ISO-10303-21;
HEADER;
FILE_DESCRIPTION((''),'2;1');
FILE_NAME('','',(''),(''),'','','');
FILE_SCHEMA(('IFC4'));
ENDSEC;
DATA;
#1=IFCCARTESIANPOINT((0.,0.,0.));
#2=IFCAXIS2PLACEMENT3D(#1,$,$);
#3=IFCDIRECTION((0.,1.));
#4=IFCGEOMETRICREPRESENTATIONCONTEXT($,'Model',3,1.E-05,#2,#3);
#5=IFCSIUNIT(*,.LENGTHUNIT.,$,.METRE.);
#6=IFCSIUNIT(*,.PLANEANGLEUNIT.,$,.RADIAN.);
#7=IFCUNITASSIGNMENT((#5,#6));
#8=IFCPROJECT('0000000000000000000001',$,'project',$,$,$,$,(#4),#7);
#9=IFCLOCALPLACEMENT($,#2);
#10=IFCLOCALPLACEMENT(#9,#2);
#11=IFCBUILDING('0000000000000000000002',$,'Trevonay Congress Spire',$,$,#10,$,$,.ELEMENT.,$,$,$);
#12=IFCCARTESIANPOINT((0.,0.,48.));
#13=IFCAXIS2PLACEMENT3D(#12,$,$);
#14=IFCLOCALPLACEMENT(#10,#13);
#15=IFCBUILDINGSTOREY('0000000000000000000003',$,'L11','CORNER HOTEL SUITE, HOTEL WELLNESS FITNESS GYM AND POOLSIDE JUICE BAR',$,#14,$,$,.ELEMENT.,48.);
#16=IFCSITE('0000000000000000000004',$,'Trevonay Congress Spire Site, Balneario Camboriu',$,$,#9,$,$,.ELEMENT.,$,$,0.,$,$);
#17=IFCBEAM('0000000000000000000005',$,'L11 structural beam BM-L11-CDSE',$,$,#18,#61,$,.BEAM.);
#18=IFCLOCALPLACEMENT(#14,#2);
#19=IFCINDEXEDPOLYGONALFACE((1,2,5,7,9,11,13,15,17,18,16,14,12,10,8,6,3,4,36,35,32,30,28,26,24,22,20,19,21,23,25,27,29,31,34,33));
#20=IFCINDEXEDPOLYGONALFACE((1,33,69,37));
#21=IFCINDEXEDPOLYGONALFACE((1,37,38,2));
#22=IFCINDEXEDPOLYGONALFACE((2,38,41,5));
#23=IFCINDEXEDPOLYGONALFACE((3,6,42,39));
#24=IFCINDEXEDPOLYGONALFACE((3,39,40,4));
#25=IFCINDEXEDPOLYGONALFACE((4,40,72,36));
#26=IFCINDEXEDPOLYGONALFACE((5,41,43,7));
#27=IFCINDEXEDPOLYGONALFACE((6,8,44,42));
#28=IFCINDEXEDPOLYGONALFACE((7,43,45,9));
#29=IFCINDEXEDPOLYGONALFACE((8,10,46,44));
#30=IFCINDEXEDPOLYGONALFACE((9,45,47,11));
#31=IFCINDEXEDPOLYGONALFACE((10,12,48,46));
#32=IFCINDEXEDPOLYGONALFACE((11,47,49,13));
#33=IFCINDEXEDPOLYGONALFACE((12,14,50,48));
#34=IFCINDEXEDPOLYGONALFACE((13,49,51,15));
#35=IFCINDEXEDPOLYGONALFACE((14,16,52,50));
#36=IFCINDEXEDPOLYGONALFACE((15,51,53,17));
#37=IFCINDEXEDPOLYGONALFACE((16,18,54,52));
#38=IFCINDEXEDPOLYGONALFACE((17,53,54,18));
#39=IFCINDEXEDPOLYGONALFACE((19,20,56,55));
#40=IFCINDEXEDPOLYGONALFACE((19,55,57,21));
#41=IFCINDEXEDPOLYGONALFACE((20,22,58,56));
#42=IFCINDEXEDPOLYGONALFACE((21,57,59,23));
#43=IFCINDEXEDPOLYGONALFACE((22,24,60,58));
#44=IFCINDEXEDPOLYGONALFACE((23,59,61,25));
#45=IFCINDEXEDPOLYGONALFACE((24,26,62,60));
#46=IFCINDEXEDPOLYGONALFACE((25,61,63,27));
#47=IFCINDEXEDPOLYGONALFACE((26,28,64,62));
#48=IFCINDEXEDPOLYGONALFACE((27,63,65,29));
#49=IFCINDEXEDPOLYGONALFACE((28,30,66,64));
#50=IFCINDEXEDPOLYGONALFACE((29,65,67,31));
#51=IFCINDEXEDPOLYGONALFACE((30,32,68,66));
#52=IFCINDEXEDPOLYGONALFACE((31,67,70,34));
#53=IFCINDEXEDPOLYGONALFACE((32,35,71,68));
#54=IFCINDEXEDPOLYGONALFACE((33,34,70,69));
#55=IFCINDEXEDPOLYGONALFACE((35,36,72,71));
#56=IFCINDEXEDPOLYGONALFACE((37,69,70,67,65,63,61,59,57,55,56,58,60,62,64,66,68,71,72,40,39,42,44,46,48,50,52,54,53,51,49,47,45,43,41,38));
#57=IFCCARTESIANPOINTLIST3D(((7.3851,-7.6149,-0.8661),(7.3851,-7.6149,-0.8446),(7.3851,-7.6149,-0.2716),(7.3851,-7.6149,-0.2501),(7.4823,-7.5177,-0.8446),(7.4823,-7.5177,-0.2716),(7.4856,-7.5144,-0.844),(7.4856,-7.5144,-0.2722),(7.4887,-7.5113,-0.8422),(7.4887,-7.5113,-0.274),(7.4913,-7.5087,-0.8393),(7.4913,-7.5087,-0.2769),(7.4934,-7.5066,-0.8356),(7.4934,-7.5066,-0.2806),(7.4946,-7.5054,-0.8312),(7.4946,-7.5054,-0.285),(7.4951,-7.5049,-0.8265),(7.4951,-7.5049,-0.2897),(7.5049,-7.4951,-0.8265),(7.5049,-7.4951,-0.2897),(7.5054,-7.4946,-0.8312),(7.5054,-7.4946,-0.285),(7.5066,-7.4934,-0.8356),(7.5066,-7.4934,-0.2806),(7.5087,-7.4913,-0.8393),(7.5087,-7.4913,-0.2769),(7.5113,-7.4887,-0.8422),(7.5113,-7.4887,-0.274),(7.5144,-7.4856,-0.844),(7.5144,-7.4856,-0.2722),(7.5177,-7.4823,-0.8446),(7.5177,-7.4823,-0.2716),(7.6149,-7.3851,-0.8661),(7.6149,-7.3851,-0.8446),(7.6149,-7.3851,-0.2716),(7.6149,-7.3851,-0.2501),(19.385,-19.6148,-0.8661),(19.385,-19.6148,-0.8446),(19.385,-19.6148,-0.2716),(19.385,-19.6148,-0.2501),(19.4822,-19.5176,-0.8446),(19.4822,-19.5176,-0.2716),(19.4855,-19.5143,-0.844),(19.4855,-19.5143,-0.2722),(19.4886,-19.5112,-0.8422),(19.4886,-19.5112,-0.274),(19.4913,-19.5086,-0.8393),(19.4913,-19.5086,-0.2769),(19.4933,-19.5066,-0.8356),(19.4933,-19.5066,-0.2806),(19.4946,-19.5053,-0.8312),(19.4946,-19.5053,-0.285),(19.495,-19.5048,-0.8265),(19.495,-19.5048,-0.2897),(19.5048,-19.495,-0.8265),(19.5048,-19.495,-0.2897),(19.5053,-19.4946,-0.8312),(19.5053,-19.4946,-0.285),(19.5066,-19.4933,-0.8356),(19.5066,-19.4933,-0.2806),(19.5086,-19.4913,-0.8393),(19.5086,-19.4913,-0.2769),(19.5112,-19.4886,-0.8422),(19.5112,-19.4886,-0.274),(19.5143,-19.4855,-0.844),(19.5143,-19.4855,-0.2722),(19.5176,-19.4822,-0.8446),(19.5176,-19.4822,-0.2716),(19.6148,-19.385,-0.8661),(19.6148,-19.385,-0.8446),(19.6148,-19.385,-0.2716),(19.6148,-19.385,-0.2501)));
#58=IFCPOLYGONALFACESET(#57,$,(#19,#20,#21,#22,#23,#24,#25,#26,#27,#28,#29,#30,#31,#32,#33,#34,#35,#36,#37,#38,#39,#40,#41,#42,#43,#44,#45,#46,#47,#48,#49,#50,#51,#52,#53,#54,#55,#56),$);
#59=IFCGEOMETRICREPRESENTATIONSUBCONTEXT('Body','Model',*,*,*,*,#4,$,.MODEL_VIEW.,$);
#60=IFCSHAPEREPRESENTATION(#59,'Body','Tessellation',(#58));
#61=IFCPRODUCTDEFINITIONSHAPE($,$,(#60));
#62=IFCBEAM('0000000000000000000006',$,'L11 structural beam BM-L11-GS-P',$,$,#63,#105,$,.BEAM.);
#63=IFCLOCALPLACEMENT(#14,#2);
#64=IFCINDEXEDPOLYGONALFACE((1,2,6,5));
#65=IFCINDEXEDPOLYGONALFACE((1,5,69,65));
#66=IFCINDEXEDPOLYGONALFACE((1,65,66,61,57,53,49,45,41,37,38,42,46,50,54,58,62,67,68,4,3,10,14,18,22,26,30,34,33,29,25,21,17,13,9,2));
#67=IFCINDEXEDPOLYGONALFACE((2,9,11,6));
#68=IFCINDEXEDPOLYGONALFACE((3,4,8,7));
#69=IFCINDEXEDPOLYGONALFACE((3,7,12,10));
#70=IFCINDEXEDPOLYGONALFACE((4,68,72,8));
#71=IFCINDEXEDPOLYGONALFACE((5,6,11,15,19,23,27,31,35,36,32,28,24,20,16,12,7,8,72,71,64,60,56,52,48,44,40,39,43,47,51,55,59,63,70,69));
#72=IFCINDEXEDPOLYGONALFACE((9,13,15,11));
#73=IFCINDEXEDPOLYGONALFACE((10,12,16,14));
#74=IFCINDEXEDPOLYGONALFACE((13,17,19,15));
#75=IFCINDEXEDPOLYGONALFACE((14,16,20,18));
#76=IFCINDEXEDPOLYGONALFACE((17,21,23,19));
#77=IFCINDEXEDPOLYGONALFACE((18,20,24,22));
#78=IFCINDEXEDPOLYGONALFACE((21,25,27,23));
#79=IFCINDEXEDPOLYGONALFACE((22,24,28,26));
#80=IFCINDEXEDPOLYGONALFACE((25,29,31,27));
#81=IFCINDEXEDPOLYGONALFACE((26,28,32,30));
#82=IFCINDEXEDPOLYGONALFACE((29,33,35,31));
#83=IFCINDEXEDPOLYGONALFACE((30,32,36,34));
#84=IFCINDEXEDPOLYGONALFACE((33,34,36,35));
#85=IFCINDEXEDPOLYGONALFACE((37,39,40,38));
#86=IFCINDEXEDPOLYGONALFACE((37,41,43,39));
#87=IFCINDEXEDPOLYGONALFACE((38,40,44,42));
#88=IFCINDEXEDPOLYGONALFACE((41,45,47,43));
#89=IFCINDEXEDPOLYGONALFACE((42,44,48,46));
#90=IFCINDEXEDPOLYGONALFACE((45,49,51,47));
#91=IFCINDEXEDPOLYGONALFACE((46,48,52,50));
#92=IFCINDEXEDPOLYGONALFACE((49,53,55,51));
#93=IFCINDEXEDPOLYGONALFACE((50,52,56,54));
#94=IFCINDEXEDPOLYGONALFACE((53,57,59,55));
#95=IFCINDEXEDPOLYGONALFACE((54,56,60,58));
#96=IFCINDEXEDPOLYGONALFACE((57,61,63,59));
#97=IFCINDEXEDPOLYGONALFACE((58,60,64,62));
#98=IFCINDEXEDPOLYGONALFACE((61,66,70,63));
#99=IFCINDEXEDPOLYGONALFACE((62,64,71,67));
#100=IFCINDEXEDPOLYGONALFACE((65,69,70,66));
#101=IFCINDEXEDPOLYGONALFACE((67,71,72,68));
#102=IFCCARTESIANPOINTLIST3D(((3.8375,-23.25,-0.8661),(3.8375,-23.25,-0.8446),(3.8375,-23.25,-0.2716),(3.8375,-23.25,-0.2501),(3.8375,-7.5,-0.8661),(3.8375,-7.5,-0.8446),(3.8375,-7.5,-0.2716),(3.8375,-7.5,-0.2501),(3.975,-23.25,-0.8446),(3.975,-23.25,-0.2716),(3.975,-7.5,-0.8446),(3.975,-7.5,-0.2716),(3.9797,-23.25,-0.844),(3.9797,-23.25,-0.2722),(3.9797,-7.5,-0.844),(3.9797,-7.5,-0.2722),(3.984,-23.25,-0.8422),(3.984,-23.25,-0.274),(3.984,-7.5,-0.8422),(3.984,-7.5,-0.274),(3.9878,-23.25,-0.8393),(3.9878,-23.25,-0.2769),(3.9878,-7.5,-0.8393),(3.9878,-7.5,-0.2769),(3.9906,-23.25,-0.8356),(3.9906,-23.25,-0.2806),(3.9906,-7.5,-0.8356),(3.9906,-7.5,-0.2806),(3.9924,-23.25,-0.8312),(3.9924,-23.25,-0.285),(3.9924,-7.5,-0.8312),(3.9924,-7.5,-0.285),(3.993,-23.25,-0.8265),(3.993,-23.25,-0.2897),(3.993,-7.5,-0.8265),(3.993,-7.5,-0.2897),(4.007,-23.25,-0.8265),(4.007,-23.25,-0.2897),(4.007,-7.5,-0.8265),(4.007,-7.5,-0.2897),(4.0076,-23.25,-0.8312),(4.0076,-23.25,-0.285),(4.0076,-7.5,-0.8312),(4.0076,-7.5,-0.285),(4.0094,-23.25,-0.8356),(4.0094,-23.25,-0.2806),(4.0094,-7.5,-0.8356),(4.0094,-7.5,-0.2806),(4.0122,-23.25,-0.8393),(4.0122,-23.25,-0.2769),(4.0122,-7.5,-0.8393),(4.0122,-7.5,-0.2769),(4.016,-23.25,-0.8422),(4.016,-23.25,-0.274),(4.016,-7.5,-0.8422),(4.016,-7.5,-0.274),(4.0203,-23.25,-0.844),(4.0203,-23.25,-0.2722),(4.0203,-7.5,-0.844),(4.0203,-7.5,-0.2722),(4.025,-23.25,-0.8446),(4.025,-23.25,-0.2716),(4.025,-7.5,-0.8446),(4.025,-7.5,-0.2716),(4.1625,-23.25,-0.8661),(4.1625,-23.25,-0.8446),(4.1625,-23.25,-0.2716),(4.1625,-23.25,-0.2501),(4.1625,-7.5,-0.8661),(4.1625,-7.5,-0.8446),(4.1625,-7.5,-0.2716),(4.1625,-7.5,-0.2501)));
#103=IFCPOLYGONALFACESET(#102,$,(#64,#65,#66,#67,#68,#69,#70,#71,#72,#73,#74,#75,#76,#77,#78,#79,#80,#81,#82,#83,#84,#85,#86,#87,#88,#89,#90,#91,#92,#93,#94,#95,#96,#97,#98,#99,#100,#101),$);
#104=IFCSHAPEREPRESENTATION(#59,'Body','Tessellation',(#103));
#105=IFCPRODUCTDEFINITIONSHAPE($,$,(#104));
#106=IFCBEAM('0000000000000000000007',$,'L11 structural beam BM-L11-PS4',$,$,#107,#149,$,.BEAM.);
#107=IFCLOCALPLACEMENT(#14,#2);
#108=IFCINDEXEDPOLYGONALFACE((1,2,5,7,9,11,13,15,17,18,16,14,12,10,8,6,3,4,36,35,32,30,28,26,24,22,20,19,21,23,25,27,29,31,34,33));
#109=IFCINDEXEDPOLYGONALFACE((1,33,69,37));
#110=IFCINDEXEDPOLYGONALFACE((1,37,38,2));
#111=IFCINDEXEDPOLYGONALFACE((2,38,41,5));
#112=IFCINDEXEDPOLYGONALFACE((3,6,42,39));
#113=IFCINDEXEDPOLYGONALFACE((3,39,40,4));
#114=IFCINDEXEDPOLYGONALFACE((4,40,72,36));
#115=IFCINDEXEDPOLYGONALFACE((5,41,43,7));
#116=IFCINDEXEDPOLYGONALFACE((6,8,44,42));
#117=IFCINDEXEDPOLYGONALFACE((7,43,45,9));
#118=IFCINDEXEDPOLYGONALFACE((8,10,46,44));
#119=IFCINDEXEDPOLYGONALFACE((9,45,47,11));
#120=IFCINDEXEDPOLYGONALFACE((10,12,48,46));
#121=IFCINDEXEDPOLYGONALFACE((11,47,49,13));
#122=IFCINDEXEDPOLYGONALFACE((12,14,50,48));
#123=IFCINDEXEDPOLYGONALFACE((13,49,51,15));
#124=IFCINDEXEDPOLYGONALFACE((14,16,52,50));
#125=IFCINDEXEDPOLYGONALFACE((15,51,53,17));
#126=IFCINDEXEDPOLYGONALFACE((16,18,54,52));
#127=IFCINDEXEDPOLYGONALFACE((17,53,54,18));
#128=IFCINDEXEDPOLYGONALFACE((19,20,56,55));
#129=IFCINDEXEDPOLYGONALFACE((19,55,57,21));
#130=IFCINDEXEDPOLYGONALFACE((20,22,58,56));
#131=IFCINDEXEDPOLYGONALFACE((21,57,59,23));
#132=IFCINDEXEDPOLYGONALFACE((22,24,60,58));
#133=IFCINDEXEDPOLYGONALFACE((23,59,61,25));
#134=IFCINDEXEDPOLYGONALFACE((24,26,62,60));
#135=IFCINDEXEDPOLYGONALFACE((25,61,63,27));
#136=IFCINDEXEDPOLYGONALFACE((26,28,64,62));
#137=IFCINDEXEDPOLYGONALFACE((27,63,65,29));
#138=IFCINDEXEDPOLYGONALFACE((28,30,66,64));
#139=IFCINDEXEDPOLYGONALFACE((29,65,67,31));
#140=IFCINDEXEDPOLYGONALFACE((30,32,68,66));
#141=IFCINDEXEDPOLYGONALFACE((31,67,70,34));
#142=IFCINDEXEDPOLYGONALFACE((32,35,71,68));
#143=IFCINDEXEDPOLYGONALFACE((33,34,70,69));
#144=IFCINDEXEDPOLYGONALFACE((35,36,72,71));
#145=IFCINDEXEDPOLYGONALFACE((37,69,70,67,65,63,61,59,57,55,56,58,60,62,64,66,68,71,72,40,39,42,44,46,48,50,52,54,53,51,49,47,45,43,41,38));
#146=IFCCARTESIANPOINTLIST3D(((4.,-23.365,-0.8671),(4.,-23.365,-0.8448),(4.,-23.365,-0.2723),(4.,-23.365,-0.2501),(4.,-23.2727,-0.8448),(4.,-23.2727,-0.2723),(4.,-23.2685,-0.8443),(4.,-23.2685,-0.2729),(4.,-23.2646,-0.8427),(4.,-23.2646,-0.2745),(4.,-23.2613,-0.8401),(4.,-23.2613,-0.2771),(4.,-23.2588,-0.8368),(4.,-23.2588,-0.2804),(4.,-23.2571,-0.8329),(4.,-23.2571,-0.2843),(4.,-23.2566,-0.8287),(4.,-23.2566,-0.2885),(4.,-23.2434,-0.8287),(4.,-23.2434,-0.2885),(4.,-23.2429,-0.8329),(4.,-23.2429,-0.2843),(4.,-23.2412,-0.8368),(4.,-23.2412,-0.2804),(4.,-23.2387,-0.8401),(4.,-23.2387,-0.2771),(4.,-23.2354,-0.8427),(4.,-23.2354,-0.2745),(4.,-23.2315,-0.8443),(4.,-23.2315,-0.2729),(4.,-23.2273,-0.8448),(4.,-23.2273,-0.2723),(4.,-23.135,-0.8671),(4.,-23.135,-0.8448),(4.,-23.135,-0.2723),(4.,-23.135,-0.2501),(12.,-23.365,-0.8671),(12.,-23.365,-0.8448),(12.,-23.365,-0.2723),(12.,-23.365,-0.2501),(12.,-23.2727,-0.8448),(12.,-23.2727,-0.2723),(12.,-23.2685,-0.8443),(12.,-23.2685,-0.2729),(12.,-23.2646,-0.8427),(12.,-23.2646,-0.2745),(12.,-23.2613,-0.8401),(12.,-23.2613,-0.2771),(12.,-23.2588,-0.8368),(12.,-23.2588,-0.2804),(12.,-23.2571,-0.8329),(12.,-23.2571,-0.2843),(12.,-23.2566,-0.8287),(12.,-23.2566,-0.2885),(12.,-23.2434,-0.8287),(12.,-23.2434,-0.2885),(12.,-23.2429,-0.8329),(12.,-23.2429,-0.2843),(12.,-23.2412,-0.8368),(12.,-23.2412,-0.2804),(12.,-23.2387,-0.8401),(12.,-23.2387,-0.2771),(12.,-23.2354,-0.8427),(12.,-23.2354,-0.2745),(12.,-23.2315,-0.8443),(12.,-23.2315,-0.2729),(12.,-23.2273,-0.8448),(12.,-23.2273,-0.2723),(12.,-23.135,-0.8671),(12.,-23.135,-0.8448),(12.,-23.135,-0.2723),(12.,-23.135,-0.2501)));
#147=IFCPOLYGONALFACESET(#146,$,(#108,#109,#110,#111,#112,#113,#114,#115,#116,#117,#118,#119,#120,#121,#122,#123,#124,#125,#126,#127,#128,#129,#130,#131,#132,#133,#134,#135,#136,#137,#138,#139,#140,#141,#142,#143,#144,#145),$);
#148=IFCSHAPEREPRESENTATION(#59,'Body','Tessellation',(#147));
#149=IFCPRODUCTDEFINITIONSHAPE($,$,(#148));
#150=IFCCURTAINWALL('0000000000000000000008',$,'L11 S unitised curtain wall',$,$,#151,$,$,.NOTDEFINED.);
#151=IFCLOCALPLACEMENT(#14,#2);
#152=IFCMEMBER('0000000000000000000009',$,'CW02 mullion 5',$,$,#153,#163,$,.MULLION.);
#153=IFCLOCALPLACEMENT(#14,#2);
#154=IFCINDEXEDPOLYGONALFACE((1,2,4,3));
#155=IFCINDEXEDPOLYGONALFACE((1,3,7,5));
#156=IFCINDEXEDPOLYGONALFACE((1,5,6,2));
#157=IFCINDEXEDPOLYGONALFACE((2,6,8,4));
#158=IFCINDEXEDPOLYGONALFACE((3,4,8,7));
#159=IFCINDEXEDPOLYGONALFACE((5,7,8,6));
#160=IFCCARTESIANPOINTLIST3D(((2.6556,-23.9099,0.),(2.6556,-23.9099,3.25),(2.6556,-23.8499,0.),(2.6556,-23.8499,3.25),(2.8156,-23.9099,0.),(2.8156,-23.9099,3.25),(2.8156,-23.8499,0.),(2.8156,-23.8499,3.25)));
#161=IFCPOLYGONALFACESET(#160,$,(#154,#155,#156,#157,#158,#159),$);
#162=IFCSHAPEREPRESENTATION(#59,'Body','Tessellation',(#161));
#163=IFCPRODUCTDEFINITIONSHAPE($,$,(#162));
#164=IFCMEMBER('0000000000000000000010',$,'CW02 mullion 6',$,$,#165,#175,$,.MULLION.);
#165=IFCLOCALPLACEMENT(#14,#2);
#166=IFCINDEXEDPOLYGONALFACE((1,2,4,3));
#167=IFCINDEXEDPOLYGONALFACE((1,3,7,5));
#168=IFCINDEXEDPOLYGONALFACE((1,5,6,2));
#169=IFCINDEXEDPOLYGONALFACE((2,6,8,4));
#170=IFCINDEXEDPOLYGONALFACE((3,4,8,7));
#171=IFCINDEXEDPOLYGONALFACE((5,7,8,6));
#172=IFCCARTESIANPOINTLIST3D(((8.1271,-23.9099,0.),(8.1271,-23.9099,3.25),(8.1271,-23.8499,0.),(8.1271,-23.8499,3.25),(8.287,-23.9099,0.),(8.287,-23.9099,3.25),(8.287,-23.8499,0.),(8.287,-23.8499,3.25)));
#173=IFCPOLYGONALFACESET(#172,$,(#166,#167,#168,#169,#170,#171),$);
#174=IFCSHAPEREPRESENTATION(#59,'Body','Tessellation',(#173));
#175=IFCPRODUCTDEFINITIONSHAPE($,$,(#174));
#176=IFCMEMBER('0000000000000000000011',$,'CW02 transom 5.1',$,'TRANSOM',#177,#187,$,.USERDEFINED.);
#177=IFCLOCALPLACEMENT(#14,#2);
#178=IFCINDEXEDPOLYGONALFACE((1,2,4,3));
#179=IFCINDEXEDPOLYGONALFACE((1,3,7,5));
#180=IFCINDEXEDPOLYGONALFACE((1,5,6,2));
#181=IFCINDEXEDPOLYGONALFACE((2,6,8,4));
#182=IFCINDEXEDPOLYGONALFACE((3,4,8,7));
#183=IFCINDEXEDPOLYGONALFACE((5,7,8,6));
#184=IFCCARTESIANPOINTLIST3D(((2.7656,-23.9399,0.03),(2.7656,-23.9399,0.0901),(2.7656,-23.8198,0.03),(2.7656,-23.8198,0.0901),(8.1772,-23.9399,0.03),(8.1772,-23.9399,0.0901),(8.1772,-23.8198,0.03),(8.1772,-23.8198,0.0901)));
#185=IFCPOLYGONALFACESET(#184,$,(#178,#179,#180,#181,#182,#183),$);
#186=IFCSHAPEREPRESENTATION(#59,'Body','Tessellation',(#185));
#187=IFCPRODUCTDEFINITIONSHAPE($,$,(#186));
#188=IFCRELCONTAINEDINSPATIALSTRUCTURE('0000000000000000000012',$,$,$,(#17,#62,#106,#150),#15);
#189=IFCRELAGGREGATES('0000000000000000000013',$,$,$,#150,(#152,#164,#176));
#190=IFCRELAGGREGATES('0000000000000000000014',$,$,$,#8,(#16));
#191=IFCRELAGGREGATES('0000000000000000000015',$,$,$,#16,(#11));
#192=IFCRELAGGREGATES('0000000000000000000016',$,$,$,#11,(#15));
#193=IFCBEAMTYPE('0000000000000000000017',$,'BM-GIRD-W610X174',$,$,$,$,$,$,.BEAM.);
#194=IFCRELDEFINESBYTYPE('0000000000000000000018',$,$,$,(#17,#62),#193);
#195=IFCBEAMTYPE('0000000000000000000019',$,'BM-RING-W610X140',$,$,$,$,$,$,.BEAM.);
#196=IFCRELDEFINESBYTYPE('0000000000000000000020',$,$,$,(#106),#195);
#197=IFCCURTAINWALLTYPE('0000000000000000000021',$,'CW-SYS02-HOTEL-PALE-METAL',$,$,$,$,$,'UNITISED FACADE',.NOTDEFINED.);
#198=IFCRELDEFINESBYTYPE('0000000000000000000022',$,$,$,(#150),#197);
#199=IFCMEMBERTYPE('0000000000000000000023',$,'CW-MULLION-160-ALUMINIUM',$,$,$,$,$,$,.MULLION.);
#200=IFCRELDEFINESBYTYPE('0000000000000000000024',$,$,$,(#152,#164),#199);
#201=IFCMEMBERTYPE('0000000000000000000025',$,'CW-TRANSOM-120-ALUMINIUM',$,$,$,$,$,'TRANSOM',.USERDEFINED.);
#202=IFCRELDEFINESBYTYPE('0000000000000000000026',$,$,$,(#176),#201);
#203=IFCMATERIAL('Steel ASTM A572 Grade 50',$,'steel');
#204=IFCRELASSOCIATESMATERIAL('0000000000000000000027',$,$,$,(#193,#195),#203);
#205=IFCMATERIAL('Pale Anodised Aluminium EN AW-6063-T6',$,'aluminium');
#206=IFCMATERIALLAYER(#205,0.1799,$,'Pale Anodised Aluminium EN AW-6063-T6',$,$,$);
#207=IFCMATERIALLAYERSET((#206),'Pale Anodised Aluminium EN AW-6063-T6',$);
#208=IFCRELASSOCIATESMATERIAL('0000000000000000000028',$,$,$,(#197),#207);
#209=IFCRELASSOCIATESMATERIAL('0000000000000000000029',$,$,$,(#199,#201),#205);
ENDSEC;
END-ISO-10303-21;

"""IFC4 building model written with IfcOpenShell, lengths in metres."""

from ifc_helpers import new_model, si_unit, direction, frame, origin, origin_2d, place, context, subcontext, project, spatial, rectangle, i_section, extrude, material, layer, layer_set, material_profile, profile_set, type_object, element, aggregate, save


model = new_model("IFC4")

# Units and contexts
model_context = context("Model", 3, precision=1e-05, world=origin(), true_north=direction((0.0, 1.0)))
body_context = subcontext(model_context, "Body", "Model", "MODEL_VIEW")
ifc_project = project(units=[si_unit("LENGTHUNIT", "METRE"), si_unit("PLANEANGLEUNIT", "RADIAN")], contexts=[model_context])

# Site, building, storey
site_placement = place(None, origin())
site = spatial("IfcSite", under=ifc_project, at=site_placement, Name="Trevonay Congress Spire Site, Balneario Camboriu", CompositionType="ELEMENT", RefElevation=0.0)
building_placement = place(site_placement, origin())
building = spatial("IfcBuilding", under=site, at=building_placement, Name="Trevonay Congress Spire", CompositionType="ELEMENT")
storey_placement = place(building_placement, frame((0.0, 0.0, 48.0)))
storey = spatial("IfcBuildingStorey", under=building, at=storey_placement, Name="L11", Description="CORNER HOTEL SUITE, HOTEL WELLNESS FITNESS GYM AND POOLSIDE JUICE BAR", CompositionType="ELEMENT", Elevation=48.0)

# Shared definitions
ifc_material_1 = material(Name="Steel ASTM A572 Grade 50", Category="steel")

# Beams
ifc_material_profile_1 = material_profile(ifc_material_1, i_section(OverallWidth=0.325, OverallDepth=0.616, WebThickness=0.0139, FlangeThickness=0.0215, FilletRadius=0.0181, at=origin_2d()), Name="W610x174")
ifc_profile_set_1 = profile_set([ifc_material_profile_1], Name="Steel ASTM A572 Grade 50")
beam_type_1 = type_object("IfcBeamType", Name="BM-GIRD-W610X174", PredefinedType="BEAM", material=ifc_profile_set_1)
beam_1_placement = place(storey_placement, frame((7.5, -7.5, -0.5581), z_axis=(0.707107, -0.707107, 0.0), x_axis=(0.707107, 0.707107, 0.0)))
element("IfcBeam", 1, at=beam_1_placement, inside=storey, type_object=beam_type_1, Name="L11 structural beam BM-L11-CDSE", PredefinedType="BEAM", context=body_context, shape_type="SweptSolid", body=[
    extrude(i_section(OverallWidth=0.325, OverallDepth=0.616, WebThickness=0.0139, FlangeThickness=0.0215, FilletRadius=0.0181, at=origin_2d()), origin(), (0.0, 0.0, 1.0), 16.9705),
])
beam_2_placement = place(storey_placement, frame((4.0, -7.5, -0.5581), z_axis=(0.0, -1.0, 0.0), x_axis=(1.0, 0.0, 0.0)))
element("IfcBeam", 2, at=beam_2_placement, inside=storey, type_object=beam_type_1, Name="L11 structural beam BM-L11-GS-P", PredefinedType="BEAM", context=body_context, shape_type="SweptSolid", body=[
    extrude(i_section(OverallWidth=0.325, OverallDepth=0.616, WebThickness=0.0139, FlangeThickness=0.0215, FilletRadius=0.0181, at=origin_2d()), origin(), (0.0, 0.0, 1.0), 15.75),
])
ifc_material_profile_2 = material_profile(ifc_material_1, i_section(OverallWidth=0.23, OverallDepth=0.6169, WebThickness=0.0132, FlangeThickness=0.0222, FilletRadius=0.0161, at=origin_2d()), Name="W610x140")
ifc_profile_set_2 = profile_set([ifc_material_profile_2], Name="Steel ASTM A572 Grade 50")
beam_type_2 = type_object("IfcBeamType", Name="BM-RING-W610X140", PredefinedType="BEAM", material=ifc_profile_set_2)
beam_3_placement = place(storey_placement, frame((4.0, -23.25, -0.5586), z_axis=(1.0, 0.0, 0.0), x_axis=(0.0, 1.0, 0.0)))
element("IfcBeam", 3, at=beam_3_placement, inside=storey, type_object=beam_type_2, Name="L11 structural beam BM-L11-PS4", PredefinedType="BEAM", context=body_context, shape_type="SweptSolid", body=[
    extrude(i_section(OverallWidth=0.23, OverallDepth=0.6169, WebThickness=0.0132, FlangeThickness=0.0222, FilletRadius=0.0161, at=origin_2d()), origin(), (0.0, 0.0, 1.0), 8.0),
])

# Curtain wall, members
ifc_material_2 = material(Name="Pale Anodised Aluminium EN AW-6063-T6", Category="aluminium")
ifc_layer_1 = layer(ifc_material_2, 0.1799, Name="Pale Anodised Aluminium EN AW-6063-T6")
ifc_layer_set_1 = layer_set([ifc_layer_1], Name="Pale Anodised Aluminium EN AW-6063-T6")
curtain_wall_type = type_object("IfcCurtainWallType", Name="CW-SYS02-HOTEL-PALE-METAL", ElementType="UNITISED FACADE", PredefinedType="NOTDEFINED", material=ifc_layer_set_1)
curtain_wall_placement = place(storey_placement, origin())
curtain_wall = element("IfcCurtainWall", 4, at=curtain_wall_placement, inside=storey, type_object=curtain_wall_type, Name="L11 S unitised curtain wall", PredefinedType="NOTDEFINED")
ifc_material_profile_3 = material_profile(ifc_material_2, rectangle(XDim=0.0601, YDim=0.1599, at=origin_2d()), Name="CW-MULLION-160-ALUMINIUM")
ifc_profile_set_3 = profile_set([ifc_material_profile_3], Name="Pale Anodised Aluminium EN AW-6063-T6")
member_type_1 = type_object("IfcMemberType", Name="CW-MULLION-160-ALUMINIUM", PredefinedType="MULLION", material=ifc_profile_set_3)
member_1_placement = place(storey_placement, frame((2.7356, -23.8799, 0.0), z_axis=(0.0, 0.0, 1.0), x_axis=(0.0, 1.0, 0.0)))
member_1 = element("IfcMember", 5, at=member_1_placement, type_object=member_type_1, Name="CW02 mullion 5", PredefinedType="MULLION", context=body_context, shape_type="SweptSolid", body=[
    extrude(rectangle(XDim=0.0601, YDim=0.1599, at=origin_2d()), origin(), (0.0, 0.0, 1.0), 3.25),
])
member_2_placement = place(storey_placement, frame((8.207, -23.8799, 0.0), z_axis=(0.0, 0.0, 1.0), x_axis=(0.0, 1.0, 0.0)))
member_2 = element("IfcMember", 6, at=member_2_placement, type_object=member_type_1, Name="CW02 mullion 6", PredefinedType="MULLION", context=body_context, shape_type="SweptSolid", body=[
    extrude(rectangle(XDim=0.0601, YDim=0.1599, at=origin_2d()), origin(), (0.0, 0.0, 1.0), 3.25),
])
ifc_material_profile_4 = material_profile(ifc_material_2, rectangle(XDim=0.1201, YDim=0.0601, at=origin_2d()), Name="CW-TRANSOM-120-ALUMINIUM")
ifc_profile_set_4 = profile_set([ifc_material_profile_4], Name="Pale Anodised Aluminium EN AW-6063-T6")
member_type_2 = type_object("IfcMemberType", Name="CW-TRANSOM-120-ALUMINIUM", ElementType="TRANSOM", PredefinedType="USERDEFINED", material=ifc_profile_set_4)
member_3_placement = place(storey_placement, frame((2.7656, -23.8799, 0.0601), z_axis=(1.0, 0.0, 0.0), x_axis=(0.0, 1.0, 0.0)))
member_3 = element("IfcMember", 7, at=member_3_placement, type_object=member_type_2, Name="CW02 transom 5.1", ObjectType="TRANSOM", PredefinedType="USERDEFINED", context=body_context, shape_type="SweptSolid", body=[
    extrude(rectangle(XDim=0.1201, YDim=0.0601, at=origin_2d()), origin(), (0.0, 0.0, 1.0), 5.4116),
])

aggregate(curtain_wall, [member_1, member_2, member_3])

save(model, "model.ifc")
